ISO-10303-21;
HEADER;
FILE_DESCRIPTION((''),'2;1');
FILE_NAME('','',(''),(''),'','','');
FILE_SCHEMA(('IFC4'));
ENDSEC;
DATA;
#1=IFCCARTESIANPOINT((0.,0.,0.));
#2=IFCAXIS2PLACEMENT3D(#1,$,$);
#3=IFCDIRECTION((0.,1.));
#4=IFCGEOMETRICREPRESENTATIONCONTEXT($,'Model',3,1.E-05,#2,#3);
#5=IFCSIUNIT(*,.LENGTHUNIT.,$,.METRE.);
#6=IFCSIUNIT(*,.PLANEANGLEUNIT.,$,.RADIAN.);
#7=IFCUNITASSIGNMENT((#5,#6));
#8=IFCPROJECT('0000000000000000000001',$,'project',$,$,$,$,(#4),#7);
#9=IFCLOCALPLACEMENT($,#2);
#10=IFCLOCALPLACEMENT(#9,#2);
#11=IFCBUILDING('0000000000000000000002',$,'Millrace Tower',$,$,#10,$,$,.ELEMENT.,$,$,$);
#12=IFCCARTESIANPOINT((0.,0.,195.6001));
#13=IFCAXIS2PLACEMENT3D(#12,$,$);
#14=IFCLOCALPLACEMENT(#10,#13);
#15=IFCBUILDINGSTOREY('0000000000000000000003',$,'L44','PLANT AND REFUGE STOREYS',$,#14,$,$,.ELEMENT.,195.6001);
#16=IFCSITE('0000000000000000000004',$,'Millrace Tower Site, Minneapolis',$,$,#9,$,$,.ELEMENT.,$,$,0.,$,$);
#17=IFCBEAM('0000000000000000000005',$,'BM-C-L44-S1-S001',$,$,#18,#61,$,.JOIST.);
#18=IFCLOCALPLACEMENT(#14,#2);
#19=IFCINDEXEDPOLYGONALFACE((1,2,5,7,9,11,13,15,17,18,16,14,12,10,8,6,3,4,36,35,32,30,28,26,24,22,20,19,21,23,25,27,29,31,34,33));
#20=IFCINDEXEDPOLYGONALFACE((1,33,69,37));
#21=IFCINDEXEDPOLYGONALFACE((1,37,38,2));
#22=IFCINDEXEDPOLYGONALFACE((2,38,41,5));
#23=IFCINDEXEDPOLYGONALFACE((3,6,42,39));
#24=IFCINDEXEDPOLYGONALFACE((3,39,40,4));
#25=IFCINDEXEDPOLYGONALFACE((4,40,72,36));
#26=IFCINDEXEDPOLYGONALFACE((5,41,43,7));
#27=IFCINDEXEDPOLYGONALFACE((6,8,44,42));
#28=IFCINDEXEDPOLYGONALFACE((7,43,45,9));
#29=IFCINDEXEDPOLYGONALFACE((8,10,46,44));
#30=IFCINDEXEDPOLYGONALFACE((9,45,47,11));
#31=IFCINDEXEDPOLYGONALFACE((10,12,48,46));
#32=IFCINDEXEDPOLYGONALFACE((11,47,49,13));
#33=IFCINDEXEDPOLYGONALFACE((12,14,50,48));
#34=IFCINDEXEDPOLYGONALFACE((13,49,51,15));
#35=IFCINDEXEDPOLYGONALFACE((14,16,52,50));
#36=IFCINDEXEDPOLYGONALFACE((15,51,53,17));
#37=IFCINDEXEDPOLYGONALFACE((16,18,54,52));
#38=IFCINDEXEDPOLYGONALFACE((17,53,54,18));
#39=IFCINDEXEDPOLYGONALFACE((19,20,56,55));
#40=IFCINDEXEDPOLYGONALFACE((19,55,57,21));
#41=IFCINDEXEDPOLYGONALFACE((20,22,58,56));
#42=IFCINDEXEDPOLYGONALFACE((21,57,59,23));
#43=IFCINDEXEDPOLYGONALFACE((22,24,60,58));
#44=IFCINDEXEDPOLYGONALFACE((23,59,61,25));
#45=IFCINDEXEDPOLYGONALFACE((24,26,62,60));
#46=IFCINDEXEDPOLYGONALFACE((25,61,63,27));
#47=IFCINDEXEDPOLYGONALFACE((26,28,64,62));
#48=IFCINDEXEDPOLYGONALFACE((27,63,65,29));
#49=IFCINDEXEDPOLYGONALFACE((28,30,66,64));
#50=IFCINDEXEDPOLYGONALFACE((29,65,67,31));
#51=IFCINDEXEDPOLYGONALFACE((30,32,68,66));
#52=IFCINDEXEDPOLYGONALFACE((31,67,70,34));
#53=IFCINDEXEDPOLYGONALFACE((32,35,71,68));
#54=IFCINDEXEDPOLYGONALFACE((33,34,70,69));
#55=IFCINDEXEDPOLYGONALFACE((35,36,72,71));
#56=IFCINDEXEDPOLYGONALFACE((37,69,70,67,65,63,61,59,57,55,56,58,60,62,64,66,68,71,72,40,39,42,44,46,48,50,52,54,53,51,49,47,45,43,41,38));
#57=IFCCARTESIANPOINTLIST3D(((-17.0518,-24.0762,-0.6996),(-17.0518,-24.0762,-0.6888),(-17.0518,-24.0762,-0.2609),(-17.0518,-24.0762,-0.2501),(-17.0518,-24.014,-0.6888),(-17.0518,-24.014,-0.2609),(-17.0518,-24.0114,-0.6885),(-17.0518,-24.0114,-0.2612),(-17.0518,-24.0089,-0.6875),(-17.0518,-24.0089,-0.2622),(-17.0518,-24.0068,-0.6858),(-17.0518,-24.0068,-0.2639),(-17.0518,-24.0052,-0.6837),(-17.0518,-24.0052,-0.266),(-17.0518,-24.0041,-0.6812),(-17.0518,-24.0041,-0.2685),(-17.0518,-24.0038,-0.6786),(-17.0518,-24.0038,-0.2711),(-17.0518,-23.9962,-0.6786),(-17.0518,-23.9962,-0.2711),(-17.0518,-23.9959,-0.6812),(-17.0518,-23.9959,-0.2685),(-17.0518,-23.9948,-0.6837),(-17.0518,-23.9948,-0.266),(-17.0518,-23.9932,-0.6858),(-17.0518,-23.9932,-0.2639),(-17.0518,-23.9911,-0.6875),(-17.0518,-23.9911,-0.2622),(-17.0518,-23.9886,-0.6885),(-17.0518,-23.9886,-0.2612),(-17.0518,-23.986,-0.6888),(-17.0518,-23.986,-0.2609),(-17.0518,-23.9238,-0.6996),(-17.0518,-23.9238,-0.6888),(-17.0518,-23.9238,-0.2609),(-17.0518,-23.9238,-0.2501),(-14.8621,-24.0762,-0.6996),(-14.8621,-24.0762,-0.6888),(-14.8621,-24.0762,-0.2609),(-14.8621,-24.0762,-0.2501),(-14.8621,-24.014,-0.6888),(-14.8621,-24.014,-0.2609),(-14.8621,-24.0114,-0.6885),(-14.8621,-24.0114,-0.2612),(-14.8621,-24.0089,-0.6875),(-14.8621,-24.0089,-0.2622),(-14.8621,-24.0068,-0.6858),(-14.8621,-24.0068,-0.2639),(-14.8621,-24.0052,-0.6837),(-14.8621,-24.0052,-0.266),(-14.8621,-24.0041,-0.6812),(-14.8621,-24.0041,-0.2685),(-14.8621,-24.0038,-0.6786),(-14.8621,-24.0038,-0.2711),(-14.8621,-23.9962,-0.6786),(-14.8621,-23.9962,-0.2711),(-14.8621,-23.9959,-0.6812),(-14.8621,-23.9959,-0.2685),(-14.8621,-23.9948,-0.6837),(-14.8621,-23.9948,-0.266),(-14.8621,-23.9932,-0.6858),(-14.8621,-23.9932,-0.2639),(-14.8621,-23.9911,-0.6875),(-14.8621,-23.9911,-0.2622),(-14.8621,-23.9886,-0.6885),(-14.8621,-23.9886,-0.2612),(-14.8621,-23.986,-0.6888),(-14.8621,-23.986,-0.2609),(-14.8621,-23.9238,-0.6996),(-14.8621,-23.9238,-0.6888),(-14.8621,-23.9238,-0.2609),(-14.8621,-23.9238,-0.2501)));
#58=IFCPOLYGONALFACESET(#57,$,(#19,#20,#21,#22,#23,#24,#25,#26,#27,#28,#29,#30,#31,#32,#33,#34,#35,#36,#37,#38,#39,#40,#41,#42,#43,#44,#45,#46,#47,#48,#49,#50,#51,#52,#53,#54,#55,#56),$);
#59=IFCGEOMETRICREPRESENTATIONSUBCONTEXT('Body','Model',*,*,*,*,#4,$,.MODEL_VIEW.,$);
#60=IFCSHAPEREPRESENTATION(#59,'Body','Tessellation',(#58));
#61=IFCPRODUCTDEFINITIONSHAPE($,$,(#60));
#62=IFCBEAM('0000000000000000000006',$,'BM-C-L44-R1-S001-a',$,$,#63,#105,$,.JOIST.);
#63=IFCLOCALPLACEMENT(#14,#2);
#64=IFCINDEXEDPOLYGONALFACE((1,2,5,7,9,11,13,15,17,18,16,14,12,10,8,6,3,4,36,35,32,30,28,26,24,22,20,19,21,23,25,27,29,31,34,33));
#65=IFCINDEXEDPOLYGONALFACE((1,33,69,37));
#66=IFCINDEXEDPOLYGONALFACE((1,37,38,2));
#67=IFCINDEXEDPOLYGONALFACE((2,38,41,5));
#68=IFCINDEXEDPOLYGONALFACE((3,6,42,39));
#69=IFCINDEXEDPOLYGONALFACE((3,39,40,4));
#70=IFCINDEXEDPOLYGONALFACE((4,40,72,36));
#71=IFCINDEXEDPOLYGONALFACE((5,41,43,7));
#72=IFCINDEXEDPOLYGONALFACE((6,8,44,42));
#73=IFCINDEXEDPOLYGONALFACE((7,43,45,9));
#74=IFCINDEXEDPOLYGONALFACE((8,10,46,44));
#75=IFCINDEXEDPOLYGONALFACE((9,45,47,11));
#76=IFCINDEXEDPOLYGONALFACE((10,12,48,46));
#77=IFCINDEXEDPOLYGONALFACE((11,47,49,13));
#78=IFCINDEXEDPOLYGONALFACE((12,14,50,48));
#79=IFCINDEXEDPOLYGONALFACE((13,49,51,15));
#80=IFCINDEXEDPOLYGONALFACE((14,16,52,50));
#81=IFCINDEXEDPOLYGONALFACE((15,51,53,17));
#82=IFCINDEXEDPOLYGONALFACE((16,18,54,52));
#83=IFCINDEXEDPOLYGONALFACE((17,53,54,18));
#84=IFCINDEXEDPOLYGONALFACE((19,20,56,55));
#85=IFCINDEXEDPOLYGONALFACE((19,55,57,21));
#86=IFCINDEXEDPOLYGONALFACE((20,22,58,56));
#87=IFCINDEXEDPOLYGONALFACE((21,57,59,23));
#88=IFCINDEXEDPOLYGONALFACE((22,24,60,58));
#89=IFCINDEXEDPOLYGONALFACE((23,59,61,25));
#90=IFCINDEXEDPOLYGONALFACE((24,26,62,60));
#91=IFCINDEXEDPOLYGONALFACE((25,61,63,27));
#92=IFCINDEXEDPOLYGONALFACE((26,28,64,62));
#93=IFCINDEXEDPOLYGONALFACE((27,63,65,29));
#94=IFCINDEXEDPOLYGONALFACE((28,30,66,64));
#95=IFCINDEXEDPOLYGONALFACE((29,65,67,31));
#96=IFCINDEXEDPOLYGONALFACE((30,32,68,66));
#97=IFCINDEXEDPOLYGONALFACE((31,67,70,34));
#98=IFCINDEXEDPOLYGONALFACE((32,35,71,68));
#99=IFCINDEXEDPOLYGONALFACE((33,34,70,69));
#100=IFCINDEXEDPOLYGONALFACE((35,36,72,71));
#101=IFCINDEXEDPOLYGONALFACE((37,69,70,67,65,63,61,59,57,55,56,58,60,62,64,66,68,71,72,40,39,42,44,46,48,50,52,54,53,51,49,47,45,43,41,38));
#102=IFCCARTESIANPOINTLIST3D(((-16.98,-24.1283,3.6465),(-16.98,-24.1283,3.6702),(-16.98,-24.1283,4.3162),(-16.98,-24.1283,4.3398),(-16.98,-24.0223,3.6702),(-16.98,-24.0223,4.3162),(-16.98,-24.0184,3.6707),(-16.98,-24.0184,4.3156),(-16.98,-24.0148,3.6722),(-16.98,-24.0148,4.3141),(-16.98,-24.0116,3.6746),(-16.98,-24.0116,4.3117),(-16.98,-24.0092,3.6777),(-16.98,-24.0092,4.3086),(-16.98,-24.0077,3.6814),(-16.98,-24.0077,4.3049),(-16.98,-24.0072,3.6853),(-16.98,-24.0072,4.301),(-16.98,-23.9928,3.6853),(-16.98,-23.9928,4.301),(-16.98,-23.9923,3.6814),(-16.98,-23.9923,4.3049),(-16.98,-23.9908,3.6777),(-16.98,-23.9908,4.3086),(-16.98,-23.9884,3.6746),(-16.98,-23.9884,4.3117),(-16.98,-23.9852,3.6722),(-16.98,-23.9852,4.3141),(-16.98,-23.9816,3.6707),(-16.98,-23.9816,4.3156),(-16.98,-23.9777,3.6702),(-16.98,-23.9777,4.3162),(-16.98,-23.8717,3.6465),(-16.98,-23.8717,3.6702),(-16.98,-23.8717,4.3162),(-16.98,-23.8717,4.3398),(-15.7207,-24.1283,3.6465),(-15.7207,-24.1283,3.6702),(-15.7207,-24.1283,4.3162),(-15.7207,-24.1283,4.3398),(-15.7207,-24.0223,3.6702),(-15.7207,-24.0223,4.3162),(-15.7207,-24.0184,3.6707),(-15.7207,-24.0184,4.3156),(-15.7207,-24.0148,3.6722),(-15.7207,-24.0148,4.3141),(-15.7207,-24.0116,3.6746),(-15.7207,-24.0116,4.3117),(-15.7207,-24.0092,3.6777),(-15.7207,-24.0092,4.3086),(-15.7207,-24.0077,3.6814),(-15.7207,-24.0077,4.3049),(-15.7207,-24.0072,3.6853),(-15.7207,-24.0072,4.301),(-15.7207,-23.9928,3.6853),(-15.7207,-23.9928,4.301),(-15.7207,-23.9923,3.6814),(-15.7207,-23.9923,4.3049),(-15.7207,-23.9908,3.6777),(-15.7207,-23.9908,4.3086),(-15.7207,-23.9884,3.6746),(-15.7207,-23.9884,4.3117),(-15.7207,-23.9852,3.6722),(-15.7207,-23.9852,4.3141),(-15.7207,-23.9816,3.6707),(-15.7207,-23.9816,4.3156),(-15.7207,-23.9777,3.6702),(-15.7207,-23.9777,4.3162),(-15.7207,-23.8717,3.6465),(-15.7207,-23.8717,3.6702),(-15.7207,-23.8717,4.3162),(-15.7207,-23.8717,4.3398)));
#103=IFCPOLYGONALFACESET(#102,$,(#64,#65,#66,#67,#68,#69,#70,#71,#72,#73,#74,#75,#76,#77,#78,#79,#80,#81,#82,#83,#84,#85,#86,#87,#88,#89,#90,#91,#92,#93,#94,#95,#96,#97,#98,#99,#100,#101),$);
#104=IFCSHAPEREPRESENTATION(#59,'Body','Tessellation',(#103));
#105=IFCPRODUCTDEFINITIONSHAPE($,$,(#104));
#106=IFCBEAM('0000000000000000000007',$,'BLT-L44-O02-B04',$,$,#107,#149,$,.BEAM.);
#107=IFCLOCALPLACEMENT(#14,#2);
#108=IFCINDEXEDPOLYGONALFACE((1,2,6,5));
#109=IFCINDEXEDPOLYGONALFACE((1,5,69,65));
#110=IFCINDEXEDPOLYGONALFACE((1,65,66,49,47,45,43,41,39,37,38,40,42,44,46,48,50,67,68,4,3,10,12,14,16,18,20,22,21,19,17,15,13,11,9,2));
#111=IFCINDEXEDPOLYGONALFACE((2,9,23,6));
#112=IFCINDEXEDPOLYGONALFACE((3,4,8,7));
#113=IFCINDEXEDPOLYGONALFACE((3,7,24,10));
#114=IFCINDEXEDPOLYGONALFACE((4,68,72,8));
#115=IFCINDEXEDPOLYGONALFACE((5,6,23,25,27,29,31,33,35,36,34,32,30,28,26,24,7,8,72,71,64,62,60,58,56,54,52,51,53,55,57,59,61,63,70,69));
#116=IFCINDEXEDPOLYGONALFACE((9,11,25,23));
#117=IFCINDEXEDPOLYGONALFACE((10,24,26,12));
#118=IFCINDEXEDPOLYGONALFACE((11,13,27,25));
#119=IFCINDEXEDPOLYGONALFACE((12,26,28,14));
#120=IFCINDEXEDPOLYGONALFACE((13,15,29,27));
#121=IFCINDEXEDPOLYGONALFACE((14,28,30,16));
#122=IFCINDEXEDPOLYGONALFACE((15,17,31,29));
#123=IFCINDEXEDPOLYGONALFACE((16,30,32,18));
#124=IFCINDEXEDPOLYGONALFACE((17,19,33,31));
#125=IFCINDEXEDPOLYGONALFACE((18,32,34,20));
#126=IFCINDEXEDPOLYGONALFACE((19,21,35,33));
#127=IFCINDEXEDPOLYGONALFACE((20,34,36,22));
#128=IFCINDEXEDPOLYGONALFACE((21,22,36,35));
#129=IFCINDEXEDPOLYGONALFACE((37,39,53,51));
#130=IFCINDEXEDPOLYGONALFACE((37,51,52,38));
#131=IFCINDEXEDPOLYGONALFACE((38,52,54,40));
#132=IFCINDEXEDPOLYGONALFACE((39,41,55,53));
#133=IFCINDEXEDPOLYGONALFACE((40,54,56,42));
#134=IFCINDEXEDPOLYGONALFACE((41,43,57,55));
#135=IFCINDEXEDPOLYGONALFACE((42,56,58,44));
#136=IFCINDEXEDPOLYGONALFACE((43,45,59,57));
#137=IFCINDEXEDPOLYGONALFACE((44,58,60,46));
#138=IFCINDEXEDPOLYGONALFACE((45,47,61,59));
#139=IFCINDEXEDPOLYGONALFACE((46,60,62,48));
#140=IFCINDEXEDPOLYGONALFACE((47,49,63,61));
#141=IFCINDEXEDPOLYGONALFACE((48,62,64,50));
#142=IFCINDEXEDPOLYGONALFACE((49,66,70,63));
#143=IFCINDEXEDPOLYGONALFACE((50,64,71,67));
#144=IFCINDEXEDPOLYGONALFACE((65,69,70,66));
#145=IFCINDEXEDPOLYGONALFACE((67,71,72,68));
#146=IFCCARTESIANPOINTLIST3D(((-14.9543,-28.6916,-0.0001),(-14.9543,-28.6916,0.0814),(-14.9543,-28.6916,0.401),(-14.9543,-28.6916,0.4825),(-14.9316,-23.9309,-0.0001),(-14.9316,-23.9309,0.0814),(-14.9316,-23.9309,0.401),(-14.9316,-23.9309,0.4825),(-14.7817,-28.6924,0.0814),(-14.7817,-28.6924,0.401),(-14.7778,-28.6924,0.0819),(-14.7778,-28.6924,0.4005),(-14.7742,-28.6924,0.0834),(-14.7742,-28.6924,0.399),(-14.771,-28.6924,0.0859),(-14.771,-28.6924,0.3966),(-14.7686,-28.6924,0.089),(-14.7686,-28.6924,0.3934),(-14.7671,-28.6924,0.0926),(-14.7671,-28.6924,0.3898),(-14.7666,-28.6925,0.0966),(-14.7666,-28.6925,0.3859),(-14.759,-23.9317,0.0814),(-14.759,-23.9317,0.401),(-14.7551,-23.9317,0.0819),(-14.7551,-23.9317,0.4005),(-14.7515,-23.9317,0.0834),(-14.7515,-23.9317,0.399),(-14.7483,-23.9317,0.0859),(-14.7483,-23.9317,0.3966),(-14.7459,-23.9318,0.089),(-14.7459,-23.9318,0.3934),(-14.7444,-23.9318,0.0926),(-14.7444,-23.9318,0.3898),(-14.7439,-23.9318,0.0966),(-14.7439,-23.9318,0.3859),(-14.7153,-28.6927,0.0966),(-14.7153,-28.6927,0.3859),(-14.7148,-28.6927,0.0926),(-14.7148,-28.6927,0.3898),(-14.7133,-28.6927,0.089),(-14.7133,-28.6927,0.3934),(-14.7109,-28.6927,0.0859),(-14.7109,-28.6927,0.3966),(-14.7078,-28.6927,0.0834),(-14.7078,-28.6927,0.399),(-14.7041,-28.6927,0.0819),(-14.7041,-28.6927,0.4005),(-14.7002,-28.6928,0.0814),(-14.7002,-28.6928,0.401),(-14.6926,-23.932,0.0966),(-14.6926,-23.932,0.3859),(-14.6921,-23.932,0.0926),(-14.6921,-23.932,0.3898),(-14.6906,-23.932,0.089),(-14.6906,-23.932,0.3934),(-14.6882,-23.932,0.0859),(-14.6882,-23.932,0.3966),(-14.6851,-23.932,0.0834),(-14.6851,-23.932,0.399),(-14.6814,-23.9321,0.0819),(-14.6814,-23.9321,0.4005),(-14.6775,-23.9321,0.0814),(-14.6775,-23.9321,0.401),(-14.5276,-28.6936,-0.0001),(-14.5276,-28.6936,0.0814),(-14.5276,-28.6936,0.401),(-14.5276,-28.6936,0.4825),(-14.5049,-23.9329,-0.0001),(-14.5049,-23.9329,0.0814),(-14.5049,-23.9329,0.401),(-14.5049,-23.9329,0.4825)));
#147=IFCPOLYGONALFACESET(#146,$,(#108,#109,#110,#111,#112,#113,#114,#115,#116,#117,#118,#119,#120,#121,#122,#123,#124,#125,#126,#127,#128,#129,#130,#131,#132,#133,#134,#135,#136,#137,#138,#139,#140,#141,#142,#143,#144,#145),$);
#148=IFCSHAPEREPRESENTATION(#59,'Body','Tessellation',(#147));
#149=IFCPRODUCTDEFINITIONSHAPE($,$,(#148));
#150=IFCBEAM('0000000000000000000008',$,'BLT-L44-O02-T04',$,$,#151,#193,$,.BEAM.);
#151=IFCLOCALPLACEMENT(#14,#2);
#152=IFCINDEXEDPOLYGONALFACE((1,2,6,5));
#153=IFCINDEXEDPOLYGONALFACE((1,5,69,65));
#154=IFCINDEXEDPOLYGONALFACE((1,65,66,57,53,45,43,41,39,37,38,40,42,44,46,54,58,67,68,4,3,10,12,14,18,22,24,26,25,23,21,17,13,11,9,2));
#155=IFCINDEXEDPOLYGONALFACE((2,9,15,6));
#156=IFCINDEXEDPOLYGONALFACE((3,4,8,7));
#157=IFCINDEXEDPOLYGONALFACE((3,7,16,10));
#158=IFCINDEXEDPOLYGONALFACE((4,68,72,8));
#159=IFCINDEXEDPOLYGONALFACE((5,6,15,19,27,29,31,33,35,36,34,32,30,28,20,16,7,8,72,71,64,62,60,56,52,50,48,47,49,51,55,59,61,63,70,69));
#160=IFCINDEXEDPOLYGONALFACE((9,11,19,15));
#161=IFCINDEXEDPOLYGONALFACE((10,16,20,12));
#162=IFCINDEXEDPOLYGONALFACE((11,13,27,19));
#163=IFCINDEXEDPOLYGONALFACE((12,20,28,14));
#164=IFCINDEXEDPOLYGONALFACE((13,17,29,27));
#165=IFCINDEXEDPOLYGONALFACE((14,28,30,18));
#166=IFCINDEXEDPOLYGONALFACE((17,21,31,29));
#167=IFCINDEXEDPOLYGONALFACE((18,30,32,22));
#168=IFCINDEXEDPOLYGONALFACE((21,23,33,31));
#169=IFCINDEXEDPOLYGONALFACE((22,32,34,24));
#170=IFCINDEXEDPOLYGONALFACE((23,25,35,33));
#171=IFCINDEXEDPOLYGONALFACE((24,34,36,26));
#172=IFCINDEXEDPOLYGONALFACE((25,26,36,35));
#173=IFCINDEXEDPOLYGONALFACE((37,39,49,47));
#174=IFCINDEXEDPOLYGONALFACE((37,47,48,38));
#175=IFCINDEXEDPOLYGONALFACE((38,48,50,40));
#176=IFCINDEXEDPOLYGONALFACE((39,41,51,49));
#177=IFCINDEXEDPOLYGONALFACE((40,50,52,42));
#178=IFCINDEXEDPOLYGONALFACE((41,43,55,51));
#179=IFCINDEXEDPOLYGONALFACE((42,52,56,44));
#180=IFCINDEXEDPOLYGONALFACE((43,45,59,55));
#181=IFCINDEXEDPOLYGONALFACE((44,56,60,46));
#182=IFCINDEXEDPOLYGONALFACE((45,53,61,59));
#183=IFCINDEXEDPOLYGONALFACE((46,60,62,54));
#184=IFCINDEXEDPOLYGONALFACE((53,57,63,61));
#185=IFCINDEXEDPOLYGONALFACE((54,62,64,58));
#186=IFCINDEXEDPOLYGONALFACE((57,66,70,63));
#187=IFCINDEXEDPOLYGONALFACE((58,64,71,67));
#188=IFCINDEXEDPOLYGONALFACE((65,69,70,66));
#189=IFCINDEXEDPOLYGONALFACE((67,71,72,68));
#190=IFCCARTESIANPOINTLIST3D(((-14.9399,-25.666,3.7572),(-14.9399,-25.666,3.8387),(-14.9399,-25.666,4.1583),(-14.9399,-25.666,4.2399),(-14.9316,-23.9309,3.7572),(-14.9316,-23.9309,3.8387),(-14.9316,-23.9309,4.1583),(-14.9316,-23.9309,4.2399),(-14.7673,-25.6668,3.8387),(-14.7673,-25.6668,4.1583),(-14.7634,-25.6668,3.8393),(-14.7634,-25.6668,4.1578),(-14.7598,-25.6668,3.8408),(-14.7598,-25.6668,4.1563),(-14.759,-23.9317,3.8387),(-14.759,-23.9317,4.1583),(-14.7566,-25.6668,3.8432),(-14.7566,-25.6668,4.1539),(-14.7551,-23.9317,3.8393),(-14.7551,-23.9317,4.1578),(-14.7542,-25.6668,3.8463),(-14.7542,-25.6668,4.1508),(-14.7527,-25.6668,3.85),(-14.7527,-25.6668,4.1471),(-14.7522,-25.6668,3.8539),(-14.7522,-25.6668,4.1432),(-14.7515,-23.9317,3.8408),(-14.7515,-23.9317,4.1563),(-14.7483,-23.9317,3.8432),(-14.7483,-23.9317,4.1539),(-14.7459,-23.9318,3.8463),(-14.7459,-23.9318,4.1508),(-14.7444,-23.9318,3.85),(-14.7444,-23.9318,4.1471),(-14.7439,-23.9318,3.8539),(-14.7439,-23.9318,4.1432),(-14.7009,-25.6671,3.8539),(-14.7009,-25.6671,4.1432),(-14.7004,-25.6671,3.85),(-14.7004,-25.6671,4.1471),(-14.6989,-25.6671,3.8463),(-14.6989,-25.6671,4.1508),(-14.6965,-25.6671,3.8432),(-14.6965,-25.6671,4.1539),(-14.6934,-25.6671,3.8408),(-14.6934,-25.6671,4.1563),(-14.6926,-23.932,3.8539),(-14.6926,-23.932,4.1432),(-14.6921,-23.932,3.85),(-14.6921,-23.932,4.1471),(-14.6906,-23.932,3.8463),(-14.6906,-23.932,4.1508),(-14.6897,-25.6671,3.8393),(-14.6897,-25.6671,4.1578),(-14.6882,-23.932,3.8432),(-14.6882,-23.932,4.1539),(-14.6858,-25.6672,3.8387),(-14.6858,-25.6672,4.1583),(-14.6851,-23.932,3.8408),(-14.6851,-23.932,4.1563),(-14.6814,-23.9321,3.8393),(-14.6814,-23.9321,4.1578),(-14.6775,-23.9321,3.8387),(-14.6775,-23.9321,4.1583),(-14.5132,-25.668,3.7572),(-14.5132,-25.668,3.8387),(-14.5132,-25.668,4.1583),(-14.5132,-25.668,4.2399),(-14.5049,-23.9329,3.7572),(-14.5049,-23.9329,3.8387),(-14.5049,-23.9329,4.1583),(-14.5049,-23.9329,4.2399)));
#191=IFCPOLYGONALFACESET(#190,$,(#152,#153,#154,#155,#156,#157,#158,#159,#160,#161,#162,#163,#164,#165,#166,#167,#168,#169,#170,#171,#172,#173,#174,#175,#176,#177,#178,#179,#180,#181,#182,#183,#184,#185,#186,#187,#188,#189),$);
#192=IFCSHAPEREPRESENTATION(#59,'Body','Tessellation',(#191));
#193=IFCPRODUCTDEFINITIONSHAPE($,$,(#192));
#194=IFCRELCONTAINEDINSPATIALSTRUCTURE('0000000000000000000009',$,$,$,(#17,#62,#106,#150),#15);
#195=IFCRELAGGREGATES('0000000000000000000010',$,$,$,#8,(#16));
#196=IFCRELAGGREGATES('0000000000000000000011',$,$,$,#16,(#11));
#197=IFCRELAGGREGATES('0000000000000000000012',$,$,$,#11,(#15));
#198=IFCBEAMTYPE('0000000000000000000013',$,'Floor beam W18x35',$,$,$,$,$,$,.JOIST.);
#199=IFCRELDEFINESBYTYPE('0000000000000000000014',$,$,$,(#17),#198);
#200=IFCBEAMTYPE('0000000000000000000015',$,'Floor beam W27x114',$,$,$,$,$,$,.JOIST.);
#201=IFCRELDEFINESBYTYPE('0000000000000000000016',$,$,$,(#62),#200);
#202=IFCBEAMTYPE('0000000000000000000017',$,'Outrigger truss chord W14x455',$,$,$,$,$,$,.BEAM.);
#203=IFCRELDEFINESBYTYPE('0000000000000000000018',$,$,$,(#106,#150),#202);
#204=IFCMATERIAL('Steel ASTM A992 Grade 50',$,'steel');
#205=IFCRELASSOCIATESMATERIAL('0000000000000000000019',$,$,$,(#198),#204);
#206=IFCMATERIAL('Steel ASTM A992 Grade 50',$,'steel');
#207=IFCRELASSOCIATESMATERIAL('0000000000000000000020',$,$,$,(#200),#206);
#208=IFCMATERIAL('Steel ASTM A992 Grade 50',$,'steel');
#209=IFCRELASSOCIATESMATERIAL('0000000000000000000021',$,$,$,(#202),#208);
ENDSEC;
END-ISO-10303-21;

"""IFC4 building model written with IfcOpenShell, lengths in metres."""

from ifc_helpers import new_model, si_unit, direction, frame, origin, origin_2d, place, context, subcontext, project, spatial, i_section, extrude, material, material_profile, profile_set, type_object, element, save


model = new_model("IFC4")

# Units and contexts
model_context = context("Model", 3, precision=1e-05, world=origin(), true_north=direction((0.0, 1.0)))
body_context = subcontext(model_context, "Body", "Model", "MODEL_VIEW")
ifc_project = project(units=[si_unit("LENGTHUNIT", "METRE"), si_unit("PLANEANGLEUNIT", "RADIAN")], contexts=[model_context])

# Site, building, storey
site_placement = place(None, origin())
site = spatial("IfcSite", under=ifc_project, at=site_placement, Name="Millrace Tower Site, Minneapolis", CompositionType="ELEMENT", RefElevation=0.0)
building_placement = place(site_placement, origin())
building = spatial("IfcBuilding", under=site, at=building_placement, Name="Millrace Tower", CompositionType="ELEMENT")
storey_placement = place(building_placement, frame((0.0, 0.0, 195.6001)))
storey = spatial("IfcBuildingStorey", under=building, at=storey_placement, Name="L44", Description="PLANT AND REFUGE STOREYS", CompositionType="ELEMENT", Elevation=195.6001)

# Beams
ifc_material_1 = material(Name="Steel ASTM A992 Grade 50", Category="steel")
ifc_material_profile_1 = material_profile(ifc_material_1, i_section(OverallWidth=0.1523, OverallDepth=0.4495, WebThickness=0.0076, FlangeThickness=0.0107, FilletRadius=0.0103, at=origin_2d()))
ifc_profile_set_1 = profile_set([ifc_material_profile_1], Name="Steel ASTM A992 Grade 50")
beam_type_1 = type_object("IfcBeamType", Name="Floor beam W18x35", PredefinedType="JOIST", material=ifc_profile_set_1)
beam_1_placement = place(storey_placement, frame((-17.0518, -24.0, -0.4749), z_axis=(1.0, 0.0, 0.0), x_axis=(0.0, 1.0, 0.0)))
element("IfcBeam", 1, at=beam_1_placement, inside=storey, type_object=beam_type_1, Name="BM-C-L44-S1-S001", PredefinedType="JOIST", context=body_context, shape_type="SweptSolid", body=[
    extrude(i_section(OverallWidth=0.1523, OverallDepth=0.4495, WebThickness=0.0076, FlangeThickness=0.0107, FilletRadius=0.0103, at=origin_2d()), origin(), (0.0, 0.0, 1.0), 2.1897),
])
ifc_material_2 = material(Name="Steel ASTM A992 Grade 50", Category="steel")
ifc_material_profile_2 = material_profile(ifc_material_2, i_section(OverallWidth=0.2566, OverallDepth=0.6934, WebThickness=0.0144, FlangeThickness=0.0237, FilletRadius=0.0151, at=origin_2d()))
ifc_profile_set_2 = profile_set([ifc_material_profile_2], Name="Steel ASTM A992 Grade 50")
beam_type_2 = type_object("IfcBeamType", Name="Floor beam W27x114", PredefinedType="JOIST", material=ifc_profile_set_2)
beam_2_placement = place(storey_placement, frame((-16.98, -24.0, 3.9932), z_axis=(1.0, 0.0, 0.0), x_axis=(0.0, 1.0, 0.0)))
element("IfcBeam", 2, at=beam_2_placement, inside=storey, type_object=beam_type_2, Name="BM-C-L44-R1-S001-a", PredefinedType="JOIST", context=body_context, shape_type="SweptSolid", body=[
    extrude(i_section(OverallWidth=0.2566, OverallDepth=0.6934, WebThickness=0.0144, FlangeThickness=0.0237, FilletRadius=0.0151, at=origin_2d()), origin(), (0.0, 0.0, 1.0), 1.2593),
])
ifc_material_3 = material(Name="Steel ASTM A992 Grade 50", Category="steel")
ifc_material_profile_3 = material_profile(ifc_material_3, i_section(OverallWidth=0.4268, OverallDepth=0.4827, WebThickness=0.0513, FlangeThickness=0.0815, FilletRadius=0.0151, at=origin_2d()))
ifc_profile_set_3 = profile_set([ifc_material_profile_3], Name="Steel ASTM A992 Grade 50")
beam_type_3 = type_object("IfcBeamType", Name="Outrigger truss chord W14x455", PredefinedType="BEAM", material=ifc_profile_set_3)
beam_3_placement = place(storey_placement, frame((-14.7183, -23.9319, 0.2412), z_axis=(-0.004769, -0.999989, 0.0), x_axis=(0.999989, -0.004769, 0.0)))
element("IfcBeam", 3, at=beam_3_placement, inside=storey, type_object=beam_type_3, Name="BLT-L44-O02-B04", PredefinedType="BEAM", context=body_context, shape_type="SweptSolid", body=[
    extrude(i_section(OverallWidth=0.4268, OverallDepth=0.4827, WebThickness=0.0513, FlangeThickness=0.0815, FilletRadius=0.0151, at=origin_2d()), origin(), (0.0, 0.0, 1.0), 4.7607),
])
beam_4_placement = place(storey_placement, frame((-14.7183, -23.9319, 3.9985), z_axis=(-0.004784, -0.999989, 0.0), x_axis=(0.999989, -0.004784, 0.0)))
element("IfcBeam", 4, at=beam_4_placement, inside=storey, type_object=beam_type_3, Name="BLT-L44-O02-T04", PredefinedType="BEAM", context=body_context, shape_type="SweptSolid", body=[
    extrude(i_section(OverallWidth=0.4268, OverallDepth=0.4827, WebThickness=0.0513, FlangeThickness=0.0815, FilletRadius=0.0151, at=origin_2d()), origin(), (0.0, 0.0, 1.0), 1.7351),
])

save(model, "model.ifc")
